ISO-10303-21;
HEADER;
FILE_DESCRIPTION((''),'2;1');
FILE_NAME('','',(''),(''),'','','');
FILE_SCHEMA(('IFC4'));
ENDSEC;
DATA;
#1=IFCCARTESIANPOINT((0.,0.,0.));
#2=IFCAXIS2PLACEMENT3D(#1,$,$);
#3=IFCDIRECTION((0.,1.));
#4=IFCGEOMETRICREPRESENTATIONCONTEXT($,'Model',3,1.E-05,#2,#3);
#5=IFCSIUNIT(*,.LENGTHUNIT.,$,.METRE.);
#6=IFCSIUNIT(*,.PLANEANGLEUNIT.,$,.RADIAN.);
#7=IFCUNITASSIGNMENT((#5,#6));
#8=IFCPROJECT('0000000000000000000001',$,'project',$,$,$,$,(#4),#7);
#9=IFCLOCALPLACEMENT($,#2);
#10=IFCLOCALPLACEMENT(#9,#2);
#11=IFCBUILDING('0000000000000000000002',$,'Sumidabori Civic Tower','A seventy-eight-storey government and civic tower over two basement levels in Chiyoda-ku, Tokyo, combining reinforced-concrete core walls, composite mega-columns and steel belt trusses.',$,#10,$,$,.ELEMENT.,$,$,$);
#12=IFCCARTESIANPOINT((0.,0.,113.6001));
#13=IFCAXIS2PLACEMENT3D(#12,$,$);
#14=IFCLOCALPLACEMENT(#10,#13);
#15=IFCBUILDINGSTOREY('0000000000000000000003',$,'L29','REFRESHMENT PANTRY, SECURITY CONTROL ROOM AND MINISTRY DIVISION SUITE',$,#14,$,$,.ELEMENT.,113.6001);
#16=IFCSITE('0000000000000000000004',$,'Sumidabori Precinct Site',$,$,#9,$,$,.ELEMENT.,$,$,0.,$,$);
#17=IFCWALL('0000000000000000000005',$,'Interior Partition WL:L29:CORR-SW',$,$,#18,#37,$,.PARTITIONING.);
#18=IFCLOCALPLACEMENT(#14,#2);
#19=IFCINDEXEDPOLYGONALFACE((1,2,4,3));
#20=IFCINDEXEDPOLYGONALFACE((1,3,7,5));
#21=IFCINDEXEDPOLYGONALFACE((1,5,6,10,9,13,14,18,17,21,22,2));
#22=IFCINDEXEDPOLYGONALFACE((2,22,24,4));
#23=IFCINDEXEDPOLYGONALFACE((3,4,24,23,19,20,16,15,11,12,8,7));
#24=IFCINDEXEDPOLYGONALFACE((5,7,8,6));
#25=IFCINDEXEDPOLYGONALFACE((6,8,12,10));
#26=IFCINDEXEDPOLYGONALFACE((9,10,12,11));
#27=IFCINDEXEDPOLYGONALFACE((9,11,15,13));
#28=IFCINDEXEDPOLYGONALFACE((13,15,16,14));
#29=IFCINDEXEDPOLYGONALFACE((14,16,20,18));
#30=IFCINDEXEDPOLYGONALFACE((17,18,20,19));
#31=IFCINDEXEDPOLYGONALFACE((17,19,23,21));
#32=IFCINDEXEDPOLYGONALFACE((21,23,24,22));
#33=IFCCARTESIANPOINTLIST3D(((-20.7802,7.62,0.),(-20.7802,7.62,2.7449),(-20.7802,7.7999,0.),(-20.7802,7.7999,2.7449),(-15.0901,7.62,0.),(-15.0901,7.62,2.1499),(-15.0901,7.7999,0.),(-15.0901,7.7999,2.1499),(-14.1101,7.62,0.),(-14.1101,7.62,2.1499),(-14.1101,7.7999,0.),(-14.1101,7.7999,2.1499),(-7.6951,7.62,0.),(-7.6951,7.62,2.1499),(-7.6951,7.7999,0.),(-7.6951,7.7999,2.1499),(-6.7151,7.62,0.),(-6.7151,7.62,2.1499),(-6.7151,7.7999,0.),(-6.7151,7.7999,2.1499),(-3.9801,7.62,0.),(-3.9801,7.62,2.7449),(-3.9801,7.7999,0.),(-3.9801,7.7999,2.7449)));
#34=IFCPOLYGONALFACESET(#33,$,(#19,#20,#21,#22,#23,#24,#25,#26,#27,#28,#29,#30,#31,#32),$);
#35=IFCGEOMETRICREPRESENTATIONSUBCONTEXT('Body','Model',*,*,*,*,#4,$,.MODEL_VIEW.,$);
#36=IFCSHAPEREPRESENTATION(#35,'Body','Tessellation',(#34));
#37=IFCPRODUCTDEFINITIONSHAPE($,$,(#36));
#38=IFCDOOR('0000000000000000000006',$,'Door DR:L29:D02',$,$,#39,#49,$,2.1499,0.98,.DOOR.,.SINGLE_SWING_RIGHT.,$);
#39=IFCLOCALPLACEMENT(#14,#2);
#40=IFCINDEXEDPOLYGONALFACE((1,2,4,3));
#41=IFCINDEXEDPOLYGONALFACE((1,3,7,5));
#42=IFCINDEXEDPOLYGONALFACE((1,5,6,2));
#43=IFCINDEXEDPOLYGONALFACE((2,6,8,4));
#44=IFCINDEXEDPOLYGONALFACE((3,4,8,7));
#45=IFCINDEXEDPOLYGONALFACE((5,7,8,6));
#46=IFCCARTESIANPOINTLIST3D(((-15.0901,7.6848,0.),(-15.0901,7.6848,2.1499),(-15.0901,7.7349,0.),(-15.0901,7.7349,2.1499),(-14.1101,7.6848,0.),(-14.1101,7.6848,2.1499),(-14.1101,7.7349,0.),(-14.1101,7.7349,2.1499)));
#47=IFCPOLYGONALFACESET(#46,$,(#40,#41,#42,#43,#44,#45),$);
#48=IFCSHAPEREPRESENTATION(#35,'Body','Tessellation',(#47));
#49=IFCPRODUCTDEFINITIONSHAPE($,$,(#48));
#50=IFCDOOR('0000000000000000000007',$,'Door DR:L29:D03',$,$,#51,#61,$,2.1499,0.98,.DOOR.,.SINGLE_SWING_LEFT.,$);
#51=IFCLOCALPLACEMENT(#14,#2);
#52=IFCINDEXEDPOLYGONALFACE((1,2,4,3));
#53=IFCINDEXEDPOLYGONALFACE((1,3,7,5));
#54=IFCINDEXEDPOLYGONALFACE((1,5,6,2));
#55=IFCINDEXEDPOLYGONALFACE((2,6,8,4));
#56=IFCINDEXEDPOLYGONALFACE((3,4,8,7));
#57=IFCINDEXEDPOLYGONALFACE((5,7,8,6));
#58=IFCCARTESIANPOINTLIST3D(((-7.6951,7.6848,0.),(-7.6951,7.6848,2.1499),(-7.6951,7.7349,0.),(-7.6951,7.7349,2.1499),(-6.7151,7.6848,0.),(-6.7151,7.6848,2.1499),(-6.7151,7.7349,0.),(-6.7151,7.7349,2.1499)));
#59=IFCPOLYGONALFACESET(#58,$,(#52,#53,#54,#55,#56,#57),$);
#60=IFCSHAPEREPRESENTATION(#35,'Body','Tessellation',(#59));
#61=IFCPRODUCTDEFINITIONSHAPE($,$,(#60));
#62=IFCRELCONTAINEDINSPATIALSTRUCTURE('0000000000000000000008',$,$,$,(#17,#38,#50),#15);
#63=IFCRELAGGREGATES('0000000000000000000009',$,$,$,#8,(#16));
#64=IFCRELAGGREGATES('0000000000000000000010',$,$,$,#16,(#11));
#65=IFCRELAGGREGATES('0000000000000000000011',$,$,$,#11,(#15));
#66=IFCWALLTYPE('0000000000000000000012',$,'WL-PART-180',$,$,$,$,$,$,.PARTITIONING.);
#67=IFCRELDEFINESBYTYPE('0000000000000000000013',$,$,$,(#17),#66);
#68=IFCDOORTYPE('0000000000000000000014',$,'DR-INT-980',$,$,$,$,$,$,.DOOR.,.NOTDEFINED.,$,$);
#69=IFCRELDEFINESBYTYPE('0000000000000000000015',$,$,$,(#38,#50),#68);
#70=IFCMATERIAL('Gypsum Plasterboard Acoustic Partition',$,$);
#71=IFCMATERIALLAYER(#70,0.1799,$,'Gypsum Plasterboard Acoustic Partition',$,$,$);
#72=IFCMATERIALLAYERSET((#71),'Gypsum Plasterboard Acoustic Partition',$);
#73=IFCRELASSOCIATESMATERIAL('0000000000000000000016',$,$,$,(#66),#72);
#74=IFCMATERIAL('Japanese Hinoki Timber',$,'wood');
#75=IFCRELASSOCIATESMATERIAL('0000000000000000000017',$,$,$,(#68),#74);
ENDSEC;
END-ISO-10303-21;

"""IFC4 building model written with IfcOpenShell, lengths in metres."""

from ifc_helpers import new_model, si_unit, direction, frame, frame_2d, origin, place, context, subcontext, project, spatial, rectangle, extrude, source, transform, mapped, material, layer, layer_set, type_object, element, fill, save


model = new_model("IFC4")

# Units and contexts
model_context = context("Model", 3, precision=1e-05, world=origin(), true_north=direction((0.0, 1.0)))
body_context = subcontext(model_context, "Body", "Model", "MODEL_VIEW")
ifc_project = project(units=[si_unit("LENGTHUNIT", "METRE"), si_unit("PLANEANGLEUNIT", "RADIAN")], contexts=[model_context])

# Site, building, storey
site_placement = place(None, origin())
site = spatial("IfcSite", under=ifc_project, at=site_placement, Name="Sumidabori Precinct Site", CompositionType="ELEMENT", RefElevation=0.0)
building_placement = place(site_placement, origin())
building = spatial("IfcBuilding", under=site, at=building_placement, Name="Sumidabori Civic Tower", Description="A seventy-eight-storey government and civic tower over two basement levels in Chiyoda-ku, Tokyo, combining reinforced-concrete core walls, composite mega-columns and steel belt trusses.", CompositionType="ELEMENT")
storey_placement = place(building_placement, frame((0.0, 0.0, 113.6001)))
storey = spatial("IfcBuildingStorey", under=building, at=storey_placement, Name="L29", Description="REFRESHMENT PANTRY, SECURITY CONTROL ROOM AND MINISTRY DIVISION SUITE", CompositionType="ELEMENT", Elevation=113.6001)

# Shared definitions
ifc_material_1 = material(Name="Gypsum Plasterboard Acoustic Partition")
ifc_layer_1 = layer(ifc_material_1, 0.1799, Name="Gypsum Plasterboard Acoustic Partition")
ifc_layer_set_1 = layer_set([ifc_layer_1], Name="Gypsum Plasterboard Acoustic Partition")
wall_type_1 = type_object("IfcWallType", Name="WL-PART-180", PredefinedType="PARTITIONING", material=ifc_layer_set_1)

# Shared definitions
ifc_material_2 = material(Name="Japanese Hinoki Timber", Category="wood")

# Wall, openings, doors
shared_shape_1 = source(origin(), body_context, "Body", "SweptSolid", [
    extrude(rectangle(XDim=16.8, YDim=0.1799, at=frame_2d((8.3999, 0.0))), origin(), (0.0, 0.0, 1.0), 2.7449),
])
wall_1_placement = place(storey_placement, frame((-20.78, 7.71, 0.0), z_axis=(0.0, 0.0, 1.0), x_axis=(1.0, 0.0, 0.0)))
wall_1 = element("IfcWall", 1, at=wall_1_placement, inside=storey, type_object=wall_type_1, Name="Interior Partition WL:L29:CORR-SW", PredefinedType="PARTITIONING", context=body_context, shape_type="MappedRepresentation", body=[
    mapped(shared_shape_1, transform((0.0, 0.0, 0.0), x_axis=(1.0, 0.0, 0.0), y_axis=(0.0, 1.0, 0.0), z_axis=(0.0, 0.0, 1.0), scale=1.0)),
])
opening_1_placement = place(wall_1_placement, frame((5.6899, 0.0, 0.0)))
opening_1 = element("IfcOpeningElement", 2, at=opening_1_placement, cuts=wall_1, PredefinedType="OPENING", context=body_context, shape_type="SweptSolid", body=[
    extrude(rectangle(XDim=0.98, YDim=2.1499, at=frame_2d((0.49, 1.075))), frame((0.0, 0.1021, 0.0), z_axis=(0.0, -1.0, 0.0), x_axis=(1.0, 0.0, 0.0)), (0.0, 0.0, 1.0), 0.2039),
])
opening_2_placement = place(wall_1_placement, frame((13.085, 0.0, 0.0)))
opening_2 = element("IfcOpeningElement", 3, at=opening_2_placement, cuts=wall_1, PredefinedType="OPENING", context=body_context, shape_type="SweptSolid", body=[
    extrude(rectangle(XDim=0.98, YDim=2.1499, at=frame_2d((0.49, 1.075))), frame((0.0, 0.1021, 0.0), z_axis=(0.0, -1.0, 0.0), x_axis=(1.0, 0.0, 0.0)), (0.0, 0.0, 1.0), 0.2039),
])
door_type_1 = type_object("IfcDoorType", Name="DR-INT-980", OperationType="NOTDEFINED", PredefinedType="DOOR", material=ifc_material_2)
shared_shape_2 = source(origin(), body_context, "Body", "SweptSolid", [
    extrude(rectangle(XDim=0.98, YDim=2.1499, at=frame_2d((0.49, 1.075))), frame((0.0, 0.0249, 0.0), z_axis=(0.0, -1.0, 0.0), x_axis=(1.0, 0.0, 0.0)), (0.0, 0.0, 1.0), 0.05),
])
door_1_placement = place(opening_1_placement, origin())
door_1 = element("IfcDoor", 4, at=door_1_placement, inside=storey, type_object=door_type_1, Name="Door DR:L29:D02", OperationType="SINGLE_SWING_RIGHT", OverallHeight=2.1499, OverallWidth=0.98, PredefinedType="DOOR", context=body_context, shape_type="MappedRepresentation", body=[
    mapped(shared_shape_2, transform((0.0, 0.0, 0.0), x_axis=(1.0, 0.0, 0.0), y_axis=(0.0, 1.0, 0.0), z_axis=(0.0, 0.0, 1.0), scale=1.0)),
])
fill(opening_1, door_1)
door_2_placement = place(opening_2_placement, origin())
door_2 = element("IfcDoor", 5, at=door_2_placement, inside=storey, type_object=door_type_1, Name="Door DR:L29:D03", OperationType="SINGLE_SWING_LEFT", OverallHeight=2.1499, OverallWidth=0.98, PredefinedType="DOOR", context=body_context, shape_type="MappedRepresentation", body=[
    mapped(shared_shape_2, transform((0.0, 0.0, 0.0), x_axis=(1.0, 0.0, 0.0), y_axis=(0.0, 1.0, 0.0), z_axis=(0.0, 0.0, 1.0), scale=1.0)),
])
fill(opening_2, door_2)

save(model, "model.ifc")
